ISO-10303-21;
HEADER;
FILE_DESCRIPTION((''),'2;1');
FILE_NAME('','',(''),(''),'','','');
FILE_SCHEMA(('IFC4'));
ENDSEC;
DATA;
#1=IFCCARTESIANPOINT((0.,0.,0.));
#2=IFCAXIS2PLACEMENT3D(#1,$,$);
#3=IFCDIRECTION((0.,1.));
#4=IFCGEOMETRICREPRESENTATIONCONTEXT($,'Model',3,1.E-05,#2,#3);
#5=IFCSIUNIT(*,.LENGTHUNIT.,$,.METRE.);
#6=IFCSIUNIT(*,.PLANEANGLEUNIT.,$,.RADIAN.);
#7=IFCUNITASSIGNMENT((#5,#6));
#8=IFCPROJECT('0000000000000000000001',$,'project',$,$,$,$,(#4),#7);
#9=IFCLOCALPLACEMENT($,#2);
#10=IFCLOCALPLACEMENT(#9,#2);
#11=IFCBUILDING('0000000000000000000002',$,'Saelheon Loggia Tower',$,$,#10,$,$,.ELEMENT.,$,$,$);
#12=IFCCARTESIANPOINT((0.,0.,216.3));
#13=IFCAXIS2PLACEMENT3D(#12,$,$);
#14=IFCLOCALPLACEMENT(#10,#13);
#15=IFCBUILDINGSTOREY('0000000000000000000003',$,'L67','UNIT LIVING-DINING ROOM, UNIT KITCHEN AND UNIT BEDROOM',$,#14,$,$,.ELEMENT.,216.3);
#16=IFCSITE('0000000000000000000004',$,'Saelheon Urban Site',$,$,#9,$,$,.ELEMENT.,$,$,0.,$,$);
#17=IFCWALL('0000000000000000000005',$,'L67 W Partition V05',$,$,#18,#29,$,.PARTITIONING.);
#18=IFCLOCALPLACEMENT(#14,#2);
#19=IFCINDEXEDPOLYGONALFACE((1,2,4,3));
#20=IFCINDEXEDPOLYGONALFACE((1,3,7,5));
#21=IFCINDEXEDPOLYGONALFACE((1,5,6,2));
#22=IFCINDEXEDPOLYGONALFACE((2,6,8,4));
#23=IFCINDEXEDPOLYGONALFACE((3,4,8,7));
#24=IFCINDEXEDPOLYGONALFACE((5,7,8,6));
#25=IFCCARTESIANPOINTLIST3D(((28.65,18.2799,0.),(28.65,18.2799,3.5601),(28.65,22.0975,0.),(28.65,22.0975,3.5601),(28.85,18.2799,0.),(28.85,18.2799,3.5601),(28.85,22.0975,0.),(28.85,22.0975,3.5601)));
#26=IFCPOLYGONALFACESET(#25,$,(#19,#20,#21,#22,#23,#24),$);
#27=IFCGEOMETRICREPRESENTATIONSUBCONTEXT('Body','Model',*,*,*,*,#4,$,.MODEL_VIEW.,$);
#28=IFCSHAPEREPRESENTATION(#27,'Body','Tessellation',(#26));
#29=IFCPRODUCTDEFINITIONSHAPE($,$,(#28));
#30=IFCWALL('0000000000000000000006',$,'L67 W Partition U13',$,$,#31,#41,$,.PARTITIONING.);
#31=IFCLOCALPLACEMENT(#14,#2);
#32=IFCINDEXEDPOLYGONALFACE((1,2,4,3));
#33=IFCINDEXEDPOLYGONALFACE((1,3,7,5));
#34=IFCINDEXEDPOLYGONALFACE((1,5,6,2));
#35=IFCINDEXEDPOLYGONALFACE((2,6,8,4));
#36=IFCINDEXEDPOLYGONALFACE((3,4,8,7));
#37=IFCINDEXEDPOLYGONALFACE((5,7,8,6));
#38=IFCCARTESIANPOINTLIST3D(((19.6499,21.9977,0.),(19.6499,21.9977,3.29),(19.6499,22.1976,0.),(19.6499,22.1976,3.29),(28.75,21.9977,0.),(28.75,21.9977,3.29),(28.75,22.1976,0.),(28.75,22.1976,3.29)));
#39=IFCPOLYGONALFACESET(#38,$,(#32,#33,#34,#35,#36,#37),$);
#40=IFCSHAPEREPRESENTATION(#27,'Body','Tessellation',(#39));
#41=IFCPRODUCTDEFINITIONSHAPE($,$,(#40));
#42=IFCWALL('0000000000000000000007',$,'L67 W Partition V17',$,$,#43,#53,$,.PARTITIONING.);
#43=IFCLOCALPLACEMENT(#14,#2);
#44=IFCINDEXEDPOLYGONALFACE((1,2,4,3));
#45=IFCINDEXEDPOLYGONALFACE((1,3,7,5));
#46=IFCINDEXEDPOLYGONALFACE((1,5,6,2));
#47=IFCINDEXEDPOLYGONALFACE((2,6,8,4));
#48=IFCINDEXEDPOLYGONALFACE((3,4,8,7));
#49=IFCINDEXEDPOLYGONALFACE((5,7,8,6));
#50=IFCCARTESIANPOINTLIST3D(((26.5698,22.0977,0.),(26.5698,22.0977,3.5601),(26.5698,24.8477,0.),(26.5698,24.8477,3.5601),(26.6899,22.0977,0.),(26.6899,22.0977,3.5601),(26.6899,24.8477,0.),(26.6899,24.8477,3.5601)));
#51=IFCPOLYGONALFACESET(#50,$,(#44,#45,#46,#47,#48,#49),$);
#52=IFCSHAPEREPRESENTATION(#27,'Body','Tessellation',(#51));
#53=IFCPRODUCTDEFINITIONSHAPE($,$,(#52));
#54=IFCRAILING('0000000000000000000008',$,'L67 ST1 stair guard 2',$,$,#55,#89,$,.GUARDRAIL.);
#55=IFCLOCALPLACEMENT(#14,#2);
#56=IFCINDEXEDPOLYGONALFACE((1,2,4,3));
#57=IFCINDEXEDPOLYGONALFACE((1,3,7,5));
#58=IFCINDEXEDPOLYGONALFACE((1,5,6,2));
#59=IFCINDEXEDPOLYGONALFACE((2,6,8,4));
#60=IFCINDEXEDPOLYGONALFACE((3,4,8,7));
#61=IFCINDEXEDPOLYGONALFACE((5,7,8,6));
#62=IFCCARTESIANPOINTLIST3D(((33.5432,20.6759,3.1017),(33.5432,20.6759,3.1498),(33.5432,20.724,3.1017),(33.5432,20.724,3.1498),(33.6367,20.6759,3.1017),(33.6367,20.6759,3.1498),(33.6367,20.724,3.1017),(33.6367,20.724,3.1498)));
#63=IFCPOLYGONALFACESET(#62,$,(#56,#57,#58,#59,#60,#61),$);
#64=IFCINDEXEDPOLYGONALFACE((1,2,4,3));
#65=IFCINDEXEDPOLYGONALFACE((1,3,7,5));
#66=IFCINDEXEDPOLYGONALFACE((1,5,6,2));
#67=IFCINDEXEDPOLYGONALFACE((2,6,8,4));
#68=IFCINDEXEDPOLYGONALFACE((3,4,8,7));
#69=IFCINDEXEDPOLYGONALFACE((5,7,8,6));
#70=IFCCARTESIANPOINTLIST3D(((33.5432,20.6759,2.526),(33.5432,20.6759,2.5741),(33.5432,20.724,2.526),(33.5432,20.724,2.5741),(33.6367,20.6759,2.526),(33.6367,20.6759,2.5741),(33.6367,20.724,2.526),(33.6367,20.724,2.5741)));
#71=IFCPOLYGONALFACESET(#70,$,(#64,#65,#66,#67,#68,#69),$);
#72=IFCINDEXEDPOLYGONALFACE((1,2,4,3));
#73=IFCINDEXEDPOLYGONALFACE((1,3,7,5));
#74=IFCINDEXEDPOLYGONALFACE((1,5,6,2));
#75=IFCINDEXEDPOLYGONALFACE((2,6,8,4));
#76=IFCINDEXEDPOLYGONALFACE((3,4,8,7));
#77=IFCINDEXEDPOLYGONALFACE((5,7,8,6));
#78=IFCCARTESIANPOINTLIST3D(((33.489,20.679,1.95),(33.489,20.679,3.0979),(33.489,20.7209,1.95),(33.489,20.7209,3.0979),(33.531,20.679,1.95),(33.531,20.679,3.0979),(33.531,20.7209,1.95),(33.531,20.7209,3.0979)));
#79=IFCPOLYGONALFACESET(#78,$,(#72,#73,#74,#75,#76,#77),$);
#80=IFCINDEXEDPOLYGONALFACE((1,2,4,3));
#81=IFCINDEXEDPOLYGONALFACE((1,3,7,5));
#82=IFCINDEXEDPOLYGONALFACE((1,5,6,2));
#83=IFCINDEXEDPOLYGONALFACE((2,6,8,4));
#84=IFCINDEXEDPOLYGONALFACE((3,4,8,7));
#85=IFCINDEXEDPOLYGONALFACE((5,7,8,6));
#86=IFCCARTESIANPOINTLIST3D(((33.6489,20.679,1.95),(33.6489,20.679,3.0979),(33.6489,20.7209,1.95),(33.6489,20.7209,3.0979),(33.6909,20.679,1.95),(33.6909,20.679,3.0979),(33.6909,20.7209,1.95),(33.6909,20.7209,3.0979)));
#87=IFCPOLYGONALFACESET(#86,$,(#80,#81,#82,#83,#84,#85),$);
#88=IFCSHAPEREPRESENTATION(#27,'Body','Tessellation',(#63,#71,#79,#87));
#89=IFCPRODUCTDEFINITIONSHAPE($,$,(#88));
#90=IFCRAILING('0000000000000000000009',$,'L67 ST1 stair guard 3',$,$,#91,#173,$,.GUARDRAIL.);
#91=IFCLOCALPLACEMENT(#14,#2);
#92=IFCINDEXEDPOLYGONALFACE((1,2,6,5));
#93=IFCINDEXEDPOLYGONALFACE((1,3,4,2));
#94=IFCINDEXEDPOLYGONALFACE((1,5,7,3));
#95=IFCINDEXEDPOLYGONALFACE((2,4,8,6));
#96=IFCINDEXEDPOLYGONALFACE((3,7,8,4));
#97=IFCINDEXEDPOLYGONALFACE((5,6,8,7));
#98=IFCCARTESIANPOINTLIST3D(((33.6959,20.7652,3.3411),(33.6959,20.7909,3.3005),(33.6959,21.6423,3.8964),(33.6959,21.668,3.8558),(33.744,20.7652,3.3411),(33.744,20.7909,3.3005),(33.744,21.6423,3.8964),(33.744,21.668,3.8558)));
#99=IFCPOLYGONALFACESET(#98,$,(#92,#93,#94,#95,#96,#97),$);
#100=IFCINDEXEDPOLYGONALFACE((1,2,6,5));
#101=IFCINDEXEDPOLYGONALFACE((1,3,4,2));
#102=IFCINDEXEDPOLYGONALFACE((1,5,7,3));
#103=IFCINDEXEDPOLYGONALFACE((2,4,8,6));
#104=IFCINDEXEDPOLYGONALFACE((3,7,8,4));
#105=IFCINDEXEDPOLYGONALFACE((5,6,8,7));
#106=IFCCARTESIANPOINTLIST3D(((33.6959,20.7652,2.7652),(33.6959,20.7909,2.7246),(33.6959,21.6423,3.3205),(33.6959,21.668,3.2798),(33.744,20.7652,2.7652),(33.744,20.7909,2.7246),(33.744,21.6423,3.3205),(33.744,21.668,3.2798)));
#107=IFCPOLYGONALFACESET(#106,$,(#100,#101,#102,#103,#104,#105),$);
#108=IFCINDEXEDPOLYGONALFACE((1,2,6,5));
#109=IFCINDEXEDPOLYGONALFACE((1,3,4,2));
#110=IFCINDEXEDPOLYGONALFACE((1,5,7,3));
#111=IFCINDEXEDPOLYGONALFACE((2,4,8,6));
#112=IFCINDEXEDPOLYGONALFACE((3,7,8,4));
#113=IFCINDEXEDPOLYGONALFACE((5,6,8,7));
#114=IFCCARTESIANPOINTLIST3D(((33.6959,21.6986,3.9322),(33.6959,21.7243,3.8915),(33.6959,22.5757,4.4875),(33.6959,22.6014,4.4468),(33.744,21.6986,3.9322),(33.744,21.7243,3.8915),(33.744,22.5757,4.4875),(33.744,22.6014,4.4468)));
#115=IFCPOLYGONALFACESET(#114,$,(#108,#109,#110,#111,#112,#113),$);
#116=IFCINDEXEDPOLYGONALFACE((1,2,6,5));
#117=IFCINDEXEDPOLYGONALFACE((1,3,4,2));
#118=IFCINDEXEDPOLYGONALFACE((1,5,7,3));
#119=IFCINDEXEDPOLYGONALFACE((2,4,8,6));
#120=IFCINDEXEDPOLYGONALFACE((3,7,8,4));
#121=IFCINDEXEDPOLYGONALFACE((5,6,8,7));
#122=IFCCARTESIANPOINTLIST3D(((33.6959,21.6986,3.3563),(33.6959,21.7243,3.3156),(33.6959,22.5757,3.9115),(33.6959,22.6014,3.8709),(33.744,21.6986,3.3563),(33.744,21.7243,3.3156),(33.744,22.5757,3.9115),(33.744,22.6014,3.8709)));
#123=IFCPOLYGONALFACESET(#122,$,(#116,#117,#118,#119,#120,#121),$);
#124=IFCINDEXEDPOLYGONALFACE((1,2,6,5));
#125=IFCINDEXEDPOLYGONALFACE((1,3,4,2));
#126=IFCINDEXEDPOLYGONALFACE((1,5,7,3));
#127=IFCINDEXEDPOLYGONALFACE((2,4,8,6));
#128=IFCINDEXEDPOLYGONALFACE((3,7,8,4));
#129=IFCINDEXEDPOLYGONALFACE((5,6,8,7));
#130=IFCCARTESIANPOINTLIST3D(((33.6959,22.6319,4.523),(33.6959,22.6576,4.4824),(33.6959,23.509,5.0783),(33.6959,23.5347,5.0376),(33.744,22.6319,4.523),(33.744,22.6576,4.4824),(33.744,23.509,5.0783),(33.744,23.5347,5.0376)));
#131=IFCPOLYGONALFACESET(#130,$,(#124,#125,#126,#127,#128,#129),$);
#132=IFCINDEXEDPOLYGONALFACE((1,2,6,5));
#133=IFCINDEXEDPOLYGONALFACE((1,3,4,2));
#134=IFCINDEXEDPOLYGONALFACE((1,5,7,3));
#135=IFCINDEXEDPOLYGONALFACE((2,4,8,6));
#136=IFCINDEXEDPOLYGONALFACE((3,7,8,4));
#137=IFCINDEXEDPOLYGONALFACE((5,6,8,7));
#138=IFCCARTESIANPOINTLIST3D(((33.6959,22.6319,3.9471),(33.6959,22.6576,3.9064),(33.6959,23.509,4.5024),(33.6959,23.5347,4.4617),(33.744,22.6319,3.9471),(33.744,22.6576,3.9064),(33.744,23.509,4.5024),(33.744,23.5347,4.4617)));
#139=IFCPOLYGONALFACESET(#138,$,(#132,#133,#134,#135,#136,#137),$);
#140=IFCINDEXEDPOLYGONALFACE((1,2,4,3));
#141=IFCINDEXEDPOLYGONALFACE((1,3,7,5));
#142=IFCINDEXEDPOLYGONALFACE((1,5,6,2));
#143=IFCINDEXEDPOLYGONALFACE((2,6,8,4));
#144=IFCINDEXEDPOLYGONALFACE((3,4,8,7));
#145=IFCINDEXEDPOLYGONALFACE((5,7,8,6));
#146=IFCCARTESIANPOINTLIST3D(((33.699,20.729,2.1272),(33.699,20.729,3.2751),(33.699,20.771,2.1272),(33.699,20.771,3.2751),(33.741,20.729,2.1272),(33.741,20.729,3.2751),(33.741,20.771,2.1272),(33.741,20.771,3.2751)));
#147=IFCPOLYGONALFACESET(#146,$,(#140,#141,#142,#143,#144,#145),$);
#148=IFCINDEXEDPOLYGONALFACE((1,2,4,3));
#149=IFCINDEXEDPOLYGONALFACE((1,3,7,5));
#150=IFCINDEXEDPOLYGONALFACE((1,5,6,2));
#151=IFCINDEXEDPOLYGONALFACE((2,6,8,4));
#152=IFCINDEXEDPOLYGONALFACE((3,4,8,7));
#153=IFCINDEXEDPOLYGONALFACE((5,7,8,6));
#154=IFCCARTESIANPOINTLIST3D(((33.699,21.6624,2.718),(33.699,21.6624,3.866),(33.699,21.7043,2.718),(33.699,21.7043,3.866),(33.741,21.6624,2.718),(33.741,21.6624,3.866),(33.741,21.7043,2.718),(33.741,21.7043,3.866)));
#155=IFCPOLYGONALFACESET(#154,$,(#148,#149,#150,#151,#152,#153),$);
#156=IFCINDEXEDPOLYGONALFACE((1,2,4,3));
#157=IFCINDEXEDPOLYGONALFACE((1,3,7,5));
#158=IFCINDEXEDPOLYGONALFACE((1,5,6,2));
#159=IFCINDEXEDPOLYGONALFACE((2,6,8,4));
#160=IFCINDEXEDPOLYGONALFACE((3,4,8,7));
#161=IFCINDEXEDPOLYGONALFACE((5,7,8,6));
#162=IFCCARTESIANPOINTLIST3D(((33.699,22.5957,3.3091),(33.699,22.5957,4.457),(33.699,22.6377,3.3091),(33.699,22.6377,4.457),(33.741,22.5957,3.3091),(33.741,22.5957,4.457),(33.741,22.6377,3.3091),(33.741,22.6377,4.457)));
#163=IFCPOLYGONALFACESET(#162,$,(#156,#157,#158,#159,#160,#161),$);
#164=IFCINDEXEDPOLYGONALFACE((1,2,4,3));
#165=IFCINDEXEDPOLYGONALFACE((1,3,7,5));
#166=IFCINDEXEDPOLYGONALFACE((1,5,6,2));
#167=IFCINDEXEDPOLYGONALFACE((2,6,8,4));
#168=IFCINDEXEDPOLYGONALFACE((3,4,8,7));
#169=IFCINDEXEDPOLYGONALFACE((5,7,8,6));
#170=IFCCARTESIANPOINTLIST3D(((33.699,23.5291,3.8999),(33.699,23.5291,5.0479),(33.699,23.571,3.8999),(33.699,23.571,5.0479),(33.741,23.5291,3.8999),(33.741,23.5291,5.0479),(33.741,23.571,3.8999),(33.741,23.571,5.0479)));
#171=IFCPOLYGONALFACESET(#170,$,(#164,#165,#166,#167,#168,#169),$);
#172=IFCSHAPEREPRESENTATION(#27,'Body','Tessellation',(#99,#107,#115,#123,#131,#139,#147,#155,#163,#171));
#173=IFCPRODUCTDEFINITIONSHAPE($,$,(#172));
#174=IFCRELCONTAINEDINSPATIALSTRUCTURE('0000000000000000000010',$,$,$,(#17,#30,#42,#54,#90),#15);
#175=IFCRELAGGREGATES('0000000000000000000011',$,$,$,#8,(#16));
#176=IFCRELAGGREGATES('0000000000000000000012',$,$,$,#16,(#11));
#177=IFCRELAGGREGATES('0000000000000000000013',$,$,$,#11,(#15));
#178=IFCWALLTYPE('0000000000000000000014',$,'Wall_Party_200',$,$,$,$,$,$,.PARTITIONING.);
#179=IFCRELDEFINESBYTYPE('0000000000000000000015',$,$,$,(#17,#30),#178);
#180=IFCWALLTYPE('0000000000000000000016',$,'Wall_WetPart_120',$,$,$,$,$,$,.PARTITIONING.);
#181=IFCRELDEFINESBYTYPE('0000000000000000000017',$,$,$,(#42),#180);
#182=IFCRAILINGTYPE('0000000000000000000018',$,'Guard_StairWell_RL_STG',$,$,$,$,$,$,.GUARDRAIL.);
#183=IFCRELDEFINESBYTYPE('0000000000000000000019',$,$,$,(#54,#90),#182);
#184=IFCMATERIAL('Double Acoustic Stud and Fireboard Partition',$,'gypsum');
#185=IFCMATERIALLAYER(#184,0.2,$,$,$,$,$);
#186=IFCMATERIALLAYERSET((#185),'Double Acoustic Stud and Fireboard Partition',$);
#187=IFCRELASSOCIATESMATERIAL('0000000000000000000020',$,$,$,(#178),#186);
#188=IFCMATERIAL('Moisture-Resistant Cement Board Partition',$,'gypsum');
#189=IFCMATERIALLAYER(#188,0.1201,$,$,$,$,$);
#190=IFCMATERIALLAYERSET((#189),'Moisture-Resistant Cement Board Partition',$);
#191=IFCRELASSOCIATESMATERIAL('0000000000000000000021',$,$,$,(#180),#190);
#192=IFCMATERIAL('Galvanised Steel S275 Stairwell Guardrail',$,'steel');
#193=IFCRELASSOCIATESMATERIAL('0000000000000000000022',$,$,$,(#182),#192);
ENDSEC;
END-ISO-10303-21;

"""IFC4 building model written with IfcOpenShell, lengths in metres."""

from ifc_helpers import new_model, si_unit, direction, frame, frame_2d, origin, origin_2d, place, context, subcontext, project, spatial, rectangle, extrude, material, layer, layer_set, type_object, element, save


model = new_model("IFC4")

# Units and contexts
model_context = context("Model", 3, precision=1e-05, world=origin(), true_north=direction((0.0, 1.0)))
body_context = subcontext(model_context, "Body", "Model", "MODEL_VIEW")
ifc_project = project(units=[si_unit("LENGTHUNIT", "METRE"), si_unit("PLANEANGLEUNIT", "RADIAN")], contexts=[model_context])

# Site, building, storey
site_placement = place(None, origin())
site = spatial("IfcSite", under=ifc_project, at=site_placement, Name="Saelheon Urban Site", CompositionType="ELEMENT", RefElevation=0.0)
building_placement = place(site_placement, origin())
building = spatial("IfcBuilding", under=site, at=building_placement, Name="Saelheon Loggia Tower", CompositionType="ELEMENT")
storey_placement = place(building_placement, frame((0.0, 0.0, 216.3)))
storey = spatial("IfcBuildingStorey", under=building, at=storey_placement, Name="L67", Description="UNIT LIVING-DINING ROOM, UNIT KITCHEN AND UNIT BEDROOM", CompositionType="ELEMENT", Elevation=216.3)

# Walls
ifc_material_1 = material(Name="Double Acoustic Stud and Fireboard Partition", Category="gypsum")
ifc_layer_1 = layer(ifc_material_1, 0.2)
ifc_layer_set_1 = layer_set([ifc_layer_1], Name="Double Acoustic Stud and Fireboard Partition")
wall_type_1 = type_object("IfcWallType", Name="Wall_Party_200", PredefinedType="PARTITIONING", material=ifc_layer_set_1)
wall_1_placement = place(storey_placement, frame((28.75, 18.28, 0.0), z_axis=(0.0, 0.0, 1.0), x_axis=(0.0, 1.0, 0.0)))
element("IfcWall", 1, at=wall_1_placement, inside=storey, type_object=wall_type_1, Name="L67 W Partition V05", PredefinedType="PARTITIONING", context=body_context, shape_type="SweptSolid", body=[
    extrude(rectangle(XDim=3.8176, YDim=0.2, at=frame_2d((1.9087, 0.0))), origin(), (0.0, 0.0, 1.0), 3.5601),
])
wall_2_placement = place(storey_placement, frame((28.75, 22.0977, 0.0), z_axis=(0.0, 0.0, 1.0), x_axis=(-1.0, 0.0, 0.0)))
element("IfcWall", 2, at=wall_2_placement, inside=storey, type_object=wall_type_1, Name="L67 W Partition U13", PredefinedType="PARTITIONING", context=body_context, shape_type="SweptSolid", body=[
    extrude(rectangle(XDim=9.1001, YDim=0.2, at=frame_2d((4.55, 0.0))), origin(), (0.0, 0.0, 1.0), 3.29),
])

# Wall
ifc_material_2 = material(Name="Moisture-Resistant Cement Board Partition", Category="gypsum")
ifc_layer_2 = layer(ifc_material_2, 0.1201)
ifc_layer_set_2 = layer_set([ifc_layer_2], Name="Moisture-Resistant Cement Board Partition")
wall_type_2 = type_object("IfcWallType", Name="Wall_WetPart_120", PredefinedType="PARTITIONING", material=ifc_layer_set_2)
wall_3_placement = place(storey_placement, frame((26.6299, 22.0977, 0.0), z_axis=(0.0, 0.0, 1.0), x_axis=(0.0, 1.0, 0.0)))
element("IfcWall", 3, at=wall_3_placement, inside=storey, type_object=wall_type_2, Name="L67 W Partition V17", PredefinedType="PARTITIONING", context=body_context, shape_type="SweptSolid", body=[
    extrude(rectangle(XDim=2.75, YDim=0.1201, at=frame_2d((1.375, 0.0))), origin(), (0.0, 0.0, 1.0), 3.5601),
])

# Railings
ifc_material_3 = material(Name="Galvanised Steel S275 Stairwell Guardrail", Category="steel")
railing_type_1 = type_object("IfcRailingType", Name="Guard_StairWell_RL_STG", PredefinedType="GUARDRAIL", material=ifc_material_3)
railing_1_placement = place(storey_placement, frame((33.51, 20.7, 1.95)))
element("IfcRailing", 4, at=railing_1_placement, inside=storey, type_object=railing_type_1, Name="L67 ST1 stair guard 2", PredefinedType="GUARDRAIL", context=body_context, shape_type="SweptSolid", body=[
    extrude(rectangle(XDim=0.0481, YDim=0.0481, at=origin_2d()), frame((0.0332, 0.0, 1.1758), z_axis=(1.0, 0.0, 0.0), x_axis=(0.0, 1.0, 0.0)), (0.0, 0.0, 1.0), 0.0935),
    extrude(rectangle(XDim=0.0481, YDim=0.0481, at=origin_2d()), frame((0.0332, 0.0, 0.6001), z_axis=(1.0, 0.0, 0.0), x_axis=(0.0, 1.0, 0.0)), (0.0, 0.0, 1.0), 0.0935),
    extrude(rectangle(XDim=0.042, YDim=0.042, at=origin_2d()), origin(), (0.0, 0.0, 1.0), 1.1479),
    extrude(rectangle(XDim=0.042, YDim=0.042, at=origin_2d()), frame((0.1599, 0.0, 0.0)), (0.0, 0.0, 1.0), 1.1479),
])
railing_2_placement = place(storey_placement, frame((33.72, 20.75, 2.1272)))
element("IfcRailing", 5, at=railing_2_placement, inside=storey, type_object=railing_type_1, Name="L67 ST1 stair guard 3", PredefinedType="GUARDRAIL", context=body_context, shape_type="SweptSolid", body=[
    extrude(rectangle(XDim=0.0481, YDim=0.0481, at=origin_2d()), frame((0.0, 0.0281, 1.1936), z_axis=(0.0, 0.844909, 0.53491), x_axis=(-1.0, 0.0, 0.0)), (0.0, 0.0, 1.0), 1.0381),
    extrude(rectangle(XDim=0.0481, YDim=0.0481, at=origin_2d()), frame((0.0, 0.0281, 0.6177), z_axis=(0.0, 0.844909, 0.53491), x_axis=(-1.0, 0.0, 0.0)), (0.0, 0.0, 1.0), 1.0381),
    extrude(rectangle(XDim=0.0481, YDim=0.0481, at=origin_2d()), frame((0.0, 0.9614, 1.7847), z_axis=(0.0, 0.844909, 0.53491), x_axis=(-1.0, 0.0, 0.0)), (0.0, 0.0, 1.0), 1.0381),
    extrude(rectangle(XDim=0.0481, YDim=0.0481, at=origin_2d()), frame((0.0, 0.9614, 1.2087), z_axis=(0.0, 0.844909, 0.53491), x_axis=(-1.0, 0.0, 0.0)), (0.0, 0.0, 1.0), 1.0381),
    extrude(rectangle(XDim=0.0481, YDim=0.0481, at=origin_2d()), frame((0.0, 1.8948, 2.3755), z_axis=(0.0, 0.844909, 0.53491), x_axis=(-1.0, 0.0, 0.0)), (0.0, 0.0, 1.0), 1.0381),
    extrude(rectangle(XDim=0.0481, YDim=0.0481, at=origin_2d()), frame((0.0, 1.8948, 1.7996), z_axis=(0.0, 0.844909, 0.53491), x_axis=(-1.0, 0.0, 0.0)), (0.0, 0.0, 1.0), 1.0381),
    extrude(rectangle(XDim=0.042, YDim=0.042, at=origin_2d()), origin(), (0.0, 0.0, 1.0), 1.1479),
    extrude(rectangle(XDim=0.042, YDim=0.042, at=origin_2d()), frame((0.0, 0.9333, 0.5908)), (0.0, 0.0, 1.0), 1.1479),
    extrude(rectangle(XDim=0.042, YDim=0.042, at=origin_2d()), frame((0.0, 1.8667, 1.1819)), (0.0, 0.0, 1.0), 1.1479),
    extrude(rectangle(XDim=0.042, YDim=0.042, at=origin_2d()), frame((0.0, 2.8, 1.7727)), (0.0, 0.0, 1.0), 1.1479),
])

save(model, "model.ifc")
